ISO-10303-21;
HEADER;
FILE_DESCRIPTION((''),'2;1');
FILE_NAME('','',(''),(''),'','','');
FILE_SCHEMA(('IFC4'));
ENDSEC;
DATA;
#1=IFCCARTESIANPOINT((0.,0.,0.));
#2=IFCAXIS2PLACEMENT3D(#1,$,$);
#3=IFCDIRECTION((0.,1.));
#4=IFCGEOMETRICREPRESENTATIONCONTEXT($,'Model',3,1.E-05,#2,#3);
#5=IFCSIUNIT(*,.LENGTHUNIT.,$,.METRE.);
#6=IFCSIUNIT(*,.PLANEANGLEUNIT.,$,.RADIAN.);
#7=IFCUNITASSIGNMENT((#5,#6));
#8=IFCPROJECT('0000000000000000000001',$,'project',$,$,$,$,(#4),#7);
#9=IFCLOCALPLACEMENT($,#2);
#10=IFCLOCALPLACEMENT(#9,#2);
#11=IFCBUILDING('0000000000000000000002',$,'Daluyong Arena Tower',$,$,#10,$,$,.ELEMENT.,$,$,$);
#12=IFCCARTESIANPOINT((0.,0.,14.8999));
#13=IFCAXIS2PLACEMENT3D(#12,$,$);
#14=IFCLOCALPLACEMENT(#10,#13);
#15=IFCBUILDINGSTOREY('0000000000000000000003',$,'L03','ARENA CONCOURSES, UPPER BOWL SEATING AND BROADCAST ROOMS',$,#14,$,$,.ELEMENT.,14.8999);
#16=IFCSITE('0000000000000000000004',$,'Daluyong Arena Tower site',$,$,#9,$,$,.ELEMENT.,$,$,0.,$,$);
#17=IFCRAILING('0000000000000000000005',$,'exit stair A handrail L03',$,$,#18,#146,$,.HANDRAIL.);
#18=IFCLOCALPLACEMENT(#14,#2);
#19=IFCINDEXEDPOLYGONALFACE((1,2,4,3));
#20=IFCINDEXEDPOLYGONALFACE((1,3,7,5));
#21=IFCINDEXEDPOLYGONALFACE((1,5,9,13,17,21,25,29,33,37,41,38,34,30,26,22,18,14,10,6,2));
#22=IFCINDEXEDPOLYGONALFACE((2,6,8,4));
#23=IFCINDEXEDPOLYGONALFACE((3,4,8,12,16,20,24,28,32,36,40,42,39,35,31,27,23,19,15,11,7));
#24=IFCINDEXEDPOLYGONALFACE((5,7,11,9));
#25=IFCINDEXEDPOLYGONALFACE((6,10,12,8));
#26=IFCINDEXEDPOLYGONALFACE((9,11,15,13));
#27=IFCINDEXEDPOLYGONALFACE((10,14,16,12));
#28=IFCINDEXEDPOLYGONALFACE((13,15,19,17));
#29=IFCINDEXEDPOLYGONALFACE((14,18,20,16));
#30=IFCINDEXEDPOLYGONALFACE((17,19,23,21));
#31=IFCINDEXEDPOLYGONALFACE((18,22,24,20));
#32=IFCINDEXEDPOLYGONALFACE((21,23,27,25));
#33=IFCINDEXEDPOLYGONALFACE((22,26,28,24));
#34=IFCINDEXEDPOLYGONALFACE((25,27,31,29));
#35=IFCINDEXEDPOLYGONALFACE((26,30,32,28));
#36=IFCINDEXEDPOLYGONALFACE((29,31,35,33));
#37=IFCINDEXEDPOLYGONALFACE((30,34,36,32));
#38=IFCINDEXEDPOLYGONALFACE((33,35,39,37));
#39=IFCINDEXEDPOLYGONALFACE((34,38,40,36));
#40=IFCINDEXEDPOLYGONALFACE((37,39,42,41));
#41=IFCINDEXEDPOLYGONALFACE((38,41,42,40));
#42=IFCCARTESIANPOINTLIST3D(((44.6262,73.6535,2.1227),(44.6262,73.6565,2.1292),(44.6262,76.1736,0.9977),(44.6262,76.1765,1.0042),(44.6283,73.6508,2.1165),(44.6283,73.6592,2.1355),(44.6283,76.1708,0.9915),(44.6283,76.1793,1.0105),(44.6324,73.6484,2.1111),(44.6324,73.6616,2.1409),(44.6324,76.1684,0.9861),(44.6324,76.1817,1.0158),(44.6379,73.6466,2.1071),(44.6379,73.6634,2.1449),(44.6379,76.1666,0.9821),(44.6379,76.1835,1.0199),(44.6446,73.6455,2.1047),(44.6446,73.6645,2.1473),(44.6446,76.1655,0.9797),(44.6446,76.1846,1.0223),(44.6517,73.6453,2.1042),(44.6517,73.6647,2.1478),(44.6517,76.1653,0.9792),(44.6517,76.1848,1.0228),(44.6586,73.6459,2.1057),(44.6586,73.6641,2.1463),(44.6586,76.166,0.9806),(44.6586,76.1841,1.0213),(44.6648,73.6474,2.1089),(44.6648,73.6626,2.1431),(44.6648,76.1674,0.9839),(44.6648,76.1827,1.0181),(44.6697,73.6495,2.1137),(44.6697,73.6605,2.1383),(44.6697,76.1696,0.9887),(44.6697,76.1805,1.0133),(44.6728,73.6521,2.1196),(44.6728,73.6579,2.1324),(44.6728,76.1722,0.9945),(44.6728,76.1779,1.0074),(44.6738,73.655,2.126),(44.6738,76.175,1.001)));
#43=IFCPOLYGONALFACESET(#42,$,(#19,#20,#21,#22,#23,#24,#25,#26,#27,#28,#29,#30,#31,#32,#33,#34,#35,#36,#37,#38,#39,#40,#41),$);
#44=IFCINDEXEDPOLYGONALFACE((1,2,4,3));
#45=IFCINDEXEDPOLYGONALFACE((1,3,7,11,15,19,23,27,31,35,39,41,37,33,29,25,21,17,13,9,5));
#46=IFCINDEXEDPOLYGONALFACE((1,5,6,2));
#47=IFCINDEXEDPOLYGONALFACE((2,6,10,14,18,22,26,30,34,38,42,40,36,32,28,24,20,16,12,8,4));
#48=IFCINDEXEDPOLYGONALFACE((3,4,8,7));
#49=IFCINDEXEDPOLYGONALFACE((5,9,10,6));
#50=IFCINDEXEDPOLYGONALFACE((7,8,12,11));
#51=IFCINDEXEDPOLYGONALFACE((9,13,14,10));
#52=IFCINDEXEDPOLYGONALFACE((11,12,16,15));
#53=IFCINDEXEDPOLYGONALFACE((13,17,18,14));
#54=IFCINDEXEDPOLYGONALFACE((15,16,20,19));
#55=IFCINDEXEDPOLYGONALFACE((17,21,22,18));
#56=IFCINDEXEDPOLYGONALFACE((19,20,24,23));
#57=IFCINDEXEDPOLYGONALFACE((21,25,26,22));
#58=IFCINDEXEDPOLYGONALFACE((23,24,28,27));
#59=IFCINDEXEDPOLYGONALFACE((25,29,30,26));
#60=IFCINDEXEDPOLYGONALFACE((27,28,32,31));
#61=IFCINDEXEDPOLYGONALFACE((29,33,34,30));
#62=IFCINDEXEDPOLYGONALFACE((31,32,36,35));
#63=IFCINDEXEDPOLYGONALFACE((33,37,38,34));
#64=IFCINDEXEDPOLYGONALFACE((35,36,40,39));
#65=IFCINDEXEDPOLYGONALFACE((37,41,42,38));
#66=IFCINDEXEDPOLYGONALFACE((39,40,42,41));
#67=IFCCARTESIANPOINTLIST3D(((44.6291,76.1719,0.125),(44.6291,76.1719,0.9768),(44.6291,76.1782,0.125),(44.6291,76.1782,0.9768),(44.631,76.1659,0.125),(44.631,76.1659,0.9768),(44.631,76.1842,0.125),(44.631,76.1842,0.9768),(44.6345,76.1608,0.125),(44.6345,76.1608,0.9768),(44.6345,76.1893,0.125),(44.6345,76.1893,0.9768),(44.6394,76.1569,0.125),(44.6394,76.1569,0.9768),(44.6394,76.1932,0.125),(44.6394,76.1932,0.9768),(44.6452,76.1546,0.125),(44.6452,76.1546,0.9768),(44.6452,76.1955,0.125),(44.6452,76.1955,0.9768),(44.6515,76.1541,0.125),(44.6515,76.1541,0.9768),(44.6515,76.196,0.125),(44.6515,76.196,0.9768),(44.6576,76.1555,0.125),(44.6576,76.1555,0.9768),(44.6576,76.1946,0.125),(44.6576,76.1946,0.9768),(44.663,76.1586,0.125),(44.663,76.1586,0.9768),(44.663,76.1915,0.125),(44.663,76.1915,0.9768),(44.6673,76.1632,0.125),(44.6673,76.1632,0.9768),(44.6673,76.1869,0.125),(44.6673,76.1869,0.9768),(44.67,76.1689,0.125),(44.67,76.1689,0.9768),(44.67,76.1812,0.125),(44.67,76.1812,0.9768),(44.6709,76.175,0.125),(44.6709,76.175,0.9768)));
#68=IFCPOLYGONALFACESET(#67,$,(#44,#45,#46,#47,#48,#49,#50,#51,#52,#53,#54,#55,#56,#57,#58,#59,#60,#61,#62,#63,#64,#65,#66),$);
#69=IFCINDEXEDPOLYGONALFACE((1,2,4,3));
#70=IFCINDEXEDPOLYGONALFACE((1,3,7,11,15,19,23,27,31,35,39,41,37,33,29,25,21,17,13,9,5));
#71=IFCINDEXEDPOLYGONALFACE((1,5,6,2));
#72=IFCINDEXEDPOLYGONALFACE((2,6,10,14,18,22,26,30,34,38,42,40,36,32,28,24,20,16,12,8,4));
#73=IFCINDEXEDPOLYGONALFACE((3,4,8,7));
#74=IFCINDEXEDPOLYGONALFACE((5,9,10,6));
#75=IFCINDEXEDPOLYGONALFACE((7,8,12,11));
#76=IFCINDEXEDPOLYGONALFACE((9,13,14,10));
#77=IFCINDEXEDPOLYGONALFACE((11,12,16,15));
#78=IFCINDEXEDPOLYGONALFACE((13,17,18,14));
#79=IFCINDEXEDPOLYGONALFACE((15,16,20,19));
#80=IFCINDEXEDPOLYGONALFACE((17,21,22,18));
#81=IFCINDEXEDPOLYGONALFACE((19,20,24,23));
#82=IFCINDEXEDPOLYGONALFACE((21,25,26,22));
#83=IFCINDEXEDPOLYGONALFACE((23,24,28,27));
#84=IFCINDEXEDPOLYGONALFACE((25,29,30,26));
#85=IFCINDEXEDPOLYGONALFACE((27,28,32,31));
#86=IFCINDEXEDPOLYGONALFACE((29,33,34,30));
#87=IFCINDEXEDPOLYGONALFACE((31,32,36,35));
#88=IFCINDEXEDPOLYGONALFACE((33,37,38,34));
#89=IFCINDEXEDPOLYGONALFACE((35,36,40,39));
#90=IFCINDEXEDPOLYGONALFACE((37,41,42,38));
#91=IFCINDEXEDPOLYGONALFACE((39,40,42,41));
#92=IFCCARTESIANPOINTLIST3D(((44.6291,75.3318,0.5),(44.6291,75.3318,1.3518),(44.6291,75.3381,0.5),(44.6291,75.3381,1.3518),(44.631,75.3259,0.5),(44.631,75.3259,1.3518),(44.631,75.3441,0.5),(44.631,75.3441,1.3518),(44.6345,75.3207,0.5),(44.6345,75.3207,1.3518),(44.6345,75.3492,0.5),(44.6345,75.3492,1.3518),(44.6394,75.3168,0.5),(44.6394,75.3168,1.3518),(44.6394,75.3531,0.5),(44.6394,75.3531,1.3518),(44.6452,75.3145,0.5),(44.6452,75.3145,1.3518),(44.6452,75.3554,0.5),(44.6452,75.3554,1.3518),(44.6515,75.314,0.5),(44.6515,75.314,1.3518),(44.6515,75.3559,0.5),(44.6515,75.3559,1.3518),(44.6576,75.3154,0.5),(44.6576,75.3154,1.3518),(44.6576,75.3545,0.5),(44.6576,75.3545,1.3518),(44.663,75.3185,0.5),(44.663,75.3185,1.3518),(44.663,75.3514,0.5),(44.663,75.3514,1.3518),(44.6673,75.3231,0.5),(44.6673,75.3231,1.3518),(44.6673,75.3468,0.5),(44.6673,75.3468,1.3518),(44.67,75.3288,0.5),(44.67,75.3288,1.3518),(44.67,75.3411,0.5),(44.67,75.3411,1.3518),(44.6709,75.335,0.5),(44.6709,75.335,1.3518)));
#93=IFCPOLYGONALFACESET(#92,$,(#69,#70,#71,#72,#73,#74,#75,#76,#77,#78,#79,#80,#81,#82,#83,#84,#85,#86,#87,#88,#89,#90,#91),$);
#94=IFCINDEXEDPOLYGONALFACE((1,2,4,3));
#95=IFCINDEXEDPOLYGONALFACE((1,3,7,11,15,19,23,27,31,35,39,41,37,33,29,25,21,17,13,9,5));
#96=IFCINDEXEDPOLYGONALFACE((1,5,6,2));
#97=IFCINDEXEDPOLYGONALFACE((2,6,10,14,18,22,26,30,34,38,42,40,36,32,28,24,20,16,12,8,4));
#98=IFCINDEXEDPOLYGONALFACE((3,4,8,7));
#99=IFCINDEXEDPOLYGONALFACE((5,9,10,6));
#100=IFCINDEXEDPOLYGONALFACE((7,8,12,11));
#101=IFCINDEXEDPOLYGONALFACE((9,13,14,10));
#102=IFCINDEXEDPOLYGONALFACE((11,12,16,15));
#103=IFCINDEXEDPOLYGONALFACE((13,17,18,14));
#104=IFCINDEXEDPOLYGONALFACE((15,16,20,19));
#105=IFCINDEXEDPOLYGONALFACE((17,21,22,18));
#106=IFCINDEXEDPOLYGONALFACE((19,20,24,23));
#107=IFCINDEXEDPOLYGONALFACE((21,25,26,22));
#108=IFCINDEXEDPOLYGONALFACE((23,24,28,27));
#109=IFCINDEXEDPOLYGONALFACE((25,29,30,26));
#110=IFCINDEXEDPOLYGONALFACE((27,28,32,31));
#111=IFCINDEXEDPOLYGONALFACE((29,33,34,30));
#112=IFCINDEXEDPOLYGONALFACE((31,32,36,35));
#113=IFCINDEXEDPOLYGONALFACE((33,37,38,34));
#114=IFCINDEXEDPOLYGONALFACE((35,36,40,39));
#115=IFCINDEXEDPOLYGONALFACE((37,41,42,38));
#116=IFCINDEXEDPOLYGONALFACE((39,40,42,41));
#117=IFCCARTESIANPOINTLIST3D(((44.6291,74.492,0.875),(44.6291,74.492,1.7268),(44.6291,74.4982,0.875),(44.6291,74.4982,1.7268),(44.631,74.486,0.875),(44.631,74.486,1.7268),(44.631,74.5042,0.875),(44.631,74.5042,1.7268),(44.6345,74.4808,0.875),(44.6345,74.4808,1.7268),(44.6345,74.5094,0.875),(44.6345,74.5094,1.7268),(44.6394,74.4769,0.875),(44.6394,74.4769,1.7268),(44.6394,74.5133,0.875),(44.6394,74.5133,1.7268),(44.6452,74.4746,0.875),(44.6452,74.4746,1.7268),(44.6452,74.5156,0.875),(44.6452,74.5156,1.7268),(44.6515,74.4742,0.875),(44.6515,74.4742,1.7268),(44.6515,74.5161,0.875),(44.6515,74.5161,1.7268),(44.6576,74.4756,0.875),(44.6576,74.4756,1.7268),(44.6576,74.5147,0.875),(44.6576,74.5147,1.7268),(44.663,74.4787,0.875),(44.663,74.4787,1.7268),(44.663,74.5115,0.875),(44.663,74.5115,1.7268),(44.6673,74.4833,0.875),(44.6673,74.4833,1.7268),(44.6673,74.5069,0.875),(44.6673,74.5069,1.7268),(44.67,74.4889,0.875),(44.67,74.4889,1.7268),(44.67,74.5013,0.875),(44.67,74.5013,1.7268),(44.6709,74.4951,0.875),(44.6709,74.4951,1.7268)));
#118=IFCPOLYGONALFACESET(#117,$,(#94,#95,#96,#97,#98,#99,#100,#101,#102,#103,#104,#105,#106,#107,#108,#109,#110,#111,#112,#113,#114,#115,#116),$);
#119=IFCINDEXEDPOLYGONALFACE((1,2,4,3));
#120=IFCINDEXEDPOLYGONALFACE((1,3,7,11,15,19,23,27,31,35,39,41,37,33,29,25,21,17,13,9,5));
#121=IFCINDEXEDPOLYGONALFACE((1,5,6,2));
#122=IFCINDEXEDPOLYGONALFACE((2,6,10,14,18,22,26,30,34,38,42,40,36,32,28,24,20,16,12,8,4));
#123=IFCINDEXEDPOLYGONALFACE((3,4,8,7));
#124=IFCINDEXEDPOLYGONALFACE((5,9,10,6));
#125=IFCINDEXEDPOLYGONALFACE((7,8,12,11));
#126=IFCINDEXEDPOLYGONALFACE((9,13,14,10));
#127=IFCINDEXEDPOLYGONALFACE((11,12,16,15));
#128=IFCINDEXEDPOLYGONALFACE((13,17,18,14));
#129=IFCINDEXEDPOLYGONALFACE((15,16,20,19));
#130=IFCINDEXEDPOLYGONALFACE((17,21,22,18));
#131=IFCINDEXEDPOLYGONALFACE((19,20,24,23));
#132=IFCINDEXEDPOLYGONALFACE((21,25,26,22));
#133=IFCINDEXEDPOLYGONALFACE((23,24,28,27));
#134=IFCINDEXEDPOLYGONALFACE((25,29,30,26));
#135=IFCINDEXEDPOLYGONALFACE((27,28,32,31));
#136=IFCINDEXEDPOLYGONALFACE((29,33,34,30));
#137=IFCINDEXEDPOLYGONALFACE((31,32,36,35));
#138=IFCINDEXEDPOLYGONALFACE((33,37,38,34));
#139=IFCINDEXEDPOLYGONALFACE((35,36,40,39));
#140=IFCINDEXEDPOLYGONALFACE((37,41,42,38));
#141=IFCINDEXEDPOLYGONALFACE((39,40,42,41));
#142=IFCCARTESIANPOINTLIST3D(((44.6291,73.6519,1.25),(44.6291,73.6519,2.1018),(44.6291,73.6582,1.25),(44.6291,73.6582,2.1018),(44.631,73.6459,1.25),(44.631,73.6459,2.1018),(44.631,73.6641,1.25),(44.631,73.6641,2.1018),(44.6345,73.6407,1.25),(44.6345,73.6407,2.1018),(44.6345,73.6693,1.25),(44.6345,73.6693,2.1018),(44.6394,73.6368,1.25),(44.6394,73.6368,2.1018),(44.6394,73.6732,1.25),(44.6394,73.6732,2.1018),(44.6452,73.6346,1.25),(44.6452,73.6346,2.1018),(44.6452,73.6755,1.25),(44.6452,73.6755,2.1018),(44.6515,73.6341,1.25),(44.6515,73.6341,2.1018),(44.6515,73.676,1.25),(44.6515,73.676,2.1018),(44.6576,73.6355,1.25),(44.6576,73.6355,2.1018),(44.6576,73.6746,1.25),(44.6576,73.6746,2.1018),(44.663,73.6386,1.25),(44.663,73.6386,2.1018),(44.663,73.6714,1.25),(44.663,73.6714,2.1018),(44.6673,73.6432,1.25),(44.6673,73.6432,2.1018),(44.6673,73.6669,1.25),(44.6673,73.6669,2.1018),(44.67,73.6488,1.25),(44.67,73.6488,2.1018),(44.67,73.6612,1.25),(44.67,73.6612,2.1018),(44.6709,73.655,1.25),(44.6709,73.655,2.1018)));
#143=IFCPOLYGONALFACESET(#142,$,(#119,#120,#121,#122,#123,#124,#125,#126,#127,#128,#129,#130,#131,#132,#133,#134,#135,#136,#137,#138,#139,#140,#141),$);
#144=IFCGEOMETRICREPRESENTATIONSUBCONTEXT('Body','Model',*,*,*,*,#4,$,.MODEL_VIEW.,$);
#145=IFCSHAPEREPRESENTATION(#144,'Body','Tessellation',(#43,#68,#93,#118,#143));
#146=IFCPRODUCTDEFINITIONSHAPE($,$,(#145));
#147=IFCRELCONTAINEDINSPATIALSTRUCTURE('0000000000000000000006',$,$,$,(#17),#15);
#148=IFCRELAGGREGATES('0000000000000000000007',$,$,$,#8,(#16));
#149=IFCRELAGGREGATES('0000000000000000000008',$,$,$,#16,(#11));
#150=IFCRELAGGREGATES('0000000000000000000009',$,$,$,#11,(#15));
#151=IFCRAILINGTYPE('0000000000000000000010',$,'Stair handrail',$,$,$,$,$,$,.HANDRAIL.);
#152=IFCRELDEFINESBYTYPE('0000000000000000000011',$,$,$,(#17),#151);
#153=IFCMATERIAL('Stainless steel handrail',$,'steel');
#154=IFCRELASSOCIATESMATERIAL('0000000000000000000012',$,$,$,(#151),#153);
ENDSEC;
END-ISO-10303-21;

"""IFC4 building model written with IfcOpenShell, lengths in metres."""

from ifc_helpers import new_model, si_unit, direction, frame, origin, origin_2d, place, context, subcontext, project, spatial, circle, extrude, material, type_object, element, save


model = new_model("IFC4")

# Units and contexts
model_context = context("Model", 3, precision=1e-05, world=origin(), true_north=direction((0.0, 1.0)))
body_context = subcontext(model_context, "Body", "Model", "MODEL_VIEW")
ifc_project = project(units=[si_unit("LENGTHUNIT", "METRE"), si_unit("PLANEANGLEUNIT", "RADIAN")], contexts=[model_context])

# Site, building, storey
site_placement = place(None, origin())
site = spatial("IfcSite", under=ifc_project, at=site_placement, Name="Daluyong Arena Tower site", CompositionType="ELEMENT", RefElevation=0.0)
building_placement = place(site_placement, origin())
building = spatial("IfcBuilding", under=site, at=building_placement, Name="Daluyong Arena Tower", CompositionType="ELEMENT")
storey_placement = place(building_placement, frame((0.0, 0.0, 14.8999)))
storey = spatial("IfcBuildingStorey", under=building, at=storey_placement, Name="L03", Description="ARENA CONCOURSES, UPPER BOWL SEATING AND BROADCAST ROOMS", CompositionType="ELEMENT", Elevation=14.8999)

# Railing
ifc_material_1 = material(Name="Stainless steel handrail", Category="steel")
railing_type = type_object("IfcRailingType", Name="Stair handrail", PredefinedType="HANDRAIL", material=ifc_material_1)
for number, where, name in (
    (1, (44.6499, 76.175, 0.125), "exit stair A handrail L03"),
):
    element("IfcRailing", number, at=place(storey_placement, frame(where)), inside=storey, type_object=railing_type, Name=name, PredefinedType="HANDRAIL", context=body_context, shape_type="SweptSolid", body=[
        extrude(circle(Radius=0.0239, at=origin_2d()), frame((0.0, 0.0, 0.876), z_axis=(0.0, -0.913139, 0.407648), x_axis=(1.0, 0.0, 0.0)), (0.0, 0.0, 1.0), 2.7598),
        extrude(circle(Radius=0.021, at=origin_2d()), origin(), (0.0, 0.0, 1.0), 0.8518),
        extrude(circle(Radius=0.021, at=origin_2d()), frame((0.0, -0.8401, 0.375)), (0.0, 0.0, 1.0), 0.8518),
        extrude(circle(Radius=0.021, at=origin_2d()), frame((0.0, -1.6799, 0.75)), (0.0, 0.0, 1.0), 0.8518),
        extrude(circle(Radius=0.021, at=origin_2d()), frame((0.0, -2.52, 1.125)), (0.0, 0.0, 1.0), 0.8518),
    ])

save(model, "model.ifc")
